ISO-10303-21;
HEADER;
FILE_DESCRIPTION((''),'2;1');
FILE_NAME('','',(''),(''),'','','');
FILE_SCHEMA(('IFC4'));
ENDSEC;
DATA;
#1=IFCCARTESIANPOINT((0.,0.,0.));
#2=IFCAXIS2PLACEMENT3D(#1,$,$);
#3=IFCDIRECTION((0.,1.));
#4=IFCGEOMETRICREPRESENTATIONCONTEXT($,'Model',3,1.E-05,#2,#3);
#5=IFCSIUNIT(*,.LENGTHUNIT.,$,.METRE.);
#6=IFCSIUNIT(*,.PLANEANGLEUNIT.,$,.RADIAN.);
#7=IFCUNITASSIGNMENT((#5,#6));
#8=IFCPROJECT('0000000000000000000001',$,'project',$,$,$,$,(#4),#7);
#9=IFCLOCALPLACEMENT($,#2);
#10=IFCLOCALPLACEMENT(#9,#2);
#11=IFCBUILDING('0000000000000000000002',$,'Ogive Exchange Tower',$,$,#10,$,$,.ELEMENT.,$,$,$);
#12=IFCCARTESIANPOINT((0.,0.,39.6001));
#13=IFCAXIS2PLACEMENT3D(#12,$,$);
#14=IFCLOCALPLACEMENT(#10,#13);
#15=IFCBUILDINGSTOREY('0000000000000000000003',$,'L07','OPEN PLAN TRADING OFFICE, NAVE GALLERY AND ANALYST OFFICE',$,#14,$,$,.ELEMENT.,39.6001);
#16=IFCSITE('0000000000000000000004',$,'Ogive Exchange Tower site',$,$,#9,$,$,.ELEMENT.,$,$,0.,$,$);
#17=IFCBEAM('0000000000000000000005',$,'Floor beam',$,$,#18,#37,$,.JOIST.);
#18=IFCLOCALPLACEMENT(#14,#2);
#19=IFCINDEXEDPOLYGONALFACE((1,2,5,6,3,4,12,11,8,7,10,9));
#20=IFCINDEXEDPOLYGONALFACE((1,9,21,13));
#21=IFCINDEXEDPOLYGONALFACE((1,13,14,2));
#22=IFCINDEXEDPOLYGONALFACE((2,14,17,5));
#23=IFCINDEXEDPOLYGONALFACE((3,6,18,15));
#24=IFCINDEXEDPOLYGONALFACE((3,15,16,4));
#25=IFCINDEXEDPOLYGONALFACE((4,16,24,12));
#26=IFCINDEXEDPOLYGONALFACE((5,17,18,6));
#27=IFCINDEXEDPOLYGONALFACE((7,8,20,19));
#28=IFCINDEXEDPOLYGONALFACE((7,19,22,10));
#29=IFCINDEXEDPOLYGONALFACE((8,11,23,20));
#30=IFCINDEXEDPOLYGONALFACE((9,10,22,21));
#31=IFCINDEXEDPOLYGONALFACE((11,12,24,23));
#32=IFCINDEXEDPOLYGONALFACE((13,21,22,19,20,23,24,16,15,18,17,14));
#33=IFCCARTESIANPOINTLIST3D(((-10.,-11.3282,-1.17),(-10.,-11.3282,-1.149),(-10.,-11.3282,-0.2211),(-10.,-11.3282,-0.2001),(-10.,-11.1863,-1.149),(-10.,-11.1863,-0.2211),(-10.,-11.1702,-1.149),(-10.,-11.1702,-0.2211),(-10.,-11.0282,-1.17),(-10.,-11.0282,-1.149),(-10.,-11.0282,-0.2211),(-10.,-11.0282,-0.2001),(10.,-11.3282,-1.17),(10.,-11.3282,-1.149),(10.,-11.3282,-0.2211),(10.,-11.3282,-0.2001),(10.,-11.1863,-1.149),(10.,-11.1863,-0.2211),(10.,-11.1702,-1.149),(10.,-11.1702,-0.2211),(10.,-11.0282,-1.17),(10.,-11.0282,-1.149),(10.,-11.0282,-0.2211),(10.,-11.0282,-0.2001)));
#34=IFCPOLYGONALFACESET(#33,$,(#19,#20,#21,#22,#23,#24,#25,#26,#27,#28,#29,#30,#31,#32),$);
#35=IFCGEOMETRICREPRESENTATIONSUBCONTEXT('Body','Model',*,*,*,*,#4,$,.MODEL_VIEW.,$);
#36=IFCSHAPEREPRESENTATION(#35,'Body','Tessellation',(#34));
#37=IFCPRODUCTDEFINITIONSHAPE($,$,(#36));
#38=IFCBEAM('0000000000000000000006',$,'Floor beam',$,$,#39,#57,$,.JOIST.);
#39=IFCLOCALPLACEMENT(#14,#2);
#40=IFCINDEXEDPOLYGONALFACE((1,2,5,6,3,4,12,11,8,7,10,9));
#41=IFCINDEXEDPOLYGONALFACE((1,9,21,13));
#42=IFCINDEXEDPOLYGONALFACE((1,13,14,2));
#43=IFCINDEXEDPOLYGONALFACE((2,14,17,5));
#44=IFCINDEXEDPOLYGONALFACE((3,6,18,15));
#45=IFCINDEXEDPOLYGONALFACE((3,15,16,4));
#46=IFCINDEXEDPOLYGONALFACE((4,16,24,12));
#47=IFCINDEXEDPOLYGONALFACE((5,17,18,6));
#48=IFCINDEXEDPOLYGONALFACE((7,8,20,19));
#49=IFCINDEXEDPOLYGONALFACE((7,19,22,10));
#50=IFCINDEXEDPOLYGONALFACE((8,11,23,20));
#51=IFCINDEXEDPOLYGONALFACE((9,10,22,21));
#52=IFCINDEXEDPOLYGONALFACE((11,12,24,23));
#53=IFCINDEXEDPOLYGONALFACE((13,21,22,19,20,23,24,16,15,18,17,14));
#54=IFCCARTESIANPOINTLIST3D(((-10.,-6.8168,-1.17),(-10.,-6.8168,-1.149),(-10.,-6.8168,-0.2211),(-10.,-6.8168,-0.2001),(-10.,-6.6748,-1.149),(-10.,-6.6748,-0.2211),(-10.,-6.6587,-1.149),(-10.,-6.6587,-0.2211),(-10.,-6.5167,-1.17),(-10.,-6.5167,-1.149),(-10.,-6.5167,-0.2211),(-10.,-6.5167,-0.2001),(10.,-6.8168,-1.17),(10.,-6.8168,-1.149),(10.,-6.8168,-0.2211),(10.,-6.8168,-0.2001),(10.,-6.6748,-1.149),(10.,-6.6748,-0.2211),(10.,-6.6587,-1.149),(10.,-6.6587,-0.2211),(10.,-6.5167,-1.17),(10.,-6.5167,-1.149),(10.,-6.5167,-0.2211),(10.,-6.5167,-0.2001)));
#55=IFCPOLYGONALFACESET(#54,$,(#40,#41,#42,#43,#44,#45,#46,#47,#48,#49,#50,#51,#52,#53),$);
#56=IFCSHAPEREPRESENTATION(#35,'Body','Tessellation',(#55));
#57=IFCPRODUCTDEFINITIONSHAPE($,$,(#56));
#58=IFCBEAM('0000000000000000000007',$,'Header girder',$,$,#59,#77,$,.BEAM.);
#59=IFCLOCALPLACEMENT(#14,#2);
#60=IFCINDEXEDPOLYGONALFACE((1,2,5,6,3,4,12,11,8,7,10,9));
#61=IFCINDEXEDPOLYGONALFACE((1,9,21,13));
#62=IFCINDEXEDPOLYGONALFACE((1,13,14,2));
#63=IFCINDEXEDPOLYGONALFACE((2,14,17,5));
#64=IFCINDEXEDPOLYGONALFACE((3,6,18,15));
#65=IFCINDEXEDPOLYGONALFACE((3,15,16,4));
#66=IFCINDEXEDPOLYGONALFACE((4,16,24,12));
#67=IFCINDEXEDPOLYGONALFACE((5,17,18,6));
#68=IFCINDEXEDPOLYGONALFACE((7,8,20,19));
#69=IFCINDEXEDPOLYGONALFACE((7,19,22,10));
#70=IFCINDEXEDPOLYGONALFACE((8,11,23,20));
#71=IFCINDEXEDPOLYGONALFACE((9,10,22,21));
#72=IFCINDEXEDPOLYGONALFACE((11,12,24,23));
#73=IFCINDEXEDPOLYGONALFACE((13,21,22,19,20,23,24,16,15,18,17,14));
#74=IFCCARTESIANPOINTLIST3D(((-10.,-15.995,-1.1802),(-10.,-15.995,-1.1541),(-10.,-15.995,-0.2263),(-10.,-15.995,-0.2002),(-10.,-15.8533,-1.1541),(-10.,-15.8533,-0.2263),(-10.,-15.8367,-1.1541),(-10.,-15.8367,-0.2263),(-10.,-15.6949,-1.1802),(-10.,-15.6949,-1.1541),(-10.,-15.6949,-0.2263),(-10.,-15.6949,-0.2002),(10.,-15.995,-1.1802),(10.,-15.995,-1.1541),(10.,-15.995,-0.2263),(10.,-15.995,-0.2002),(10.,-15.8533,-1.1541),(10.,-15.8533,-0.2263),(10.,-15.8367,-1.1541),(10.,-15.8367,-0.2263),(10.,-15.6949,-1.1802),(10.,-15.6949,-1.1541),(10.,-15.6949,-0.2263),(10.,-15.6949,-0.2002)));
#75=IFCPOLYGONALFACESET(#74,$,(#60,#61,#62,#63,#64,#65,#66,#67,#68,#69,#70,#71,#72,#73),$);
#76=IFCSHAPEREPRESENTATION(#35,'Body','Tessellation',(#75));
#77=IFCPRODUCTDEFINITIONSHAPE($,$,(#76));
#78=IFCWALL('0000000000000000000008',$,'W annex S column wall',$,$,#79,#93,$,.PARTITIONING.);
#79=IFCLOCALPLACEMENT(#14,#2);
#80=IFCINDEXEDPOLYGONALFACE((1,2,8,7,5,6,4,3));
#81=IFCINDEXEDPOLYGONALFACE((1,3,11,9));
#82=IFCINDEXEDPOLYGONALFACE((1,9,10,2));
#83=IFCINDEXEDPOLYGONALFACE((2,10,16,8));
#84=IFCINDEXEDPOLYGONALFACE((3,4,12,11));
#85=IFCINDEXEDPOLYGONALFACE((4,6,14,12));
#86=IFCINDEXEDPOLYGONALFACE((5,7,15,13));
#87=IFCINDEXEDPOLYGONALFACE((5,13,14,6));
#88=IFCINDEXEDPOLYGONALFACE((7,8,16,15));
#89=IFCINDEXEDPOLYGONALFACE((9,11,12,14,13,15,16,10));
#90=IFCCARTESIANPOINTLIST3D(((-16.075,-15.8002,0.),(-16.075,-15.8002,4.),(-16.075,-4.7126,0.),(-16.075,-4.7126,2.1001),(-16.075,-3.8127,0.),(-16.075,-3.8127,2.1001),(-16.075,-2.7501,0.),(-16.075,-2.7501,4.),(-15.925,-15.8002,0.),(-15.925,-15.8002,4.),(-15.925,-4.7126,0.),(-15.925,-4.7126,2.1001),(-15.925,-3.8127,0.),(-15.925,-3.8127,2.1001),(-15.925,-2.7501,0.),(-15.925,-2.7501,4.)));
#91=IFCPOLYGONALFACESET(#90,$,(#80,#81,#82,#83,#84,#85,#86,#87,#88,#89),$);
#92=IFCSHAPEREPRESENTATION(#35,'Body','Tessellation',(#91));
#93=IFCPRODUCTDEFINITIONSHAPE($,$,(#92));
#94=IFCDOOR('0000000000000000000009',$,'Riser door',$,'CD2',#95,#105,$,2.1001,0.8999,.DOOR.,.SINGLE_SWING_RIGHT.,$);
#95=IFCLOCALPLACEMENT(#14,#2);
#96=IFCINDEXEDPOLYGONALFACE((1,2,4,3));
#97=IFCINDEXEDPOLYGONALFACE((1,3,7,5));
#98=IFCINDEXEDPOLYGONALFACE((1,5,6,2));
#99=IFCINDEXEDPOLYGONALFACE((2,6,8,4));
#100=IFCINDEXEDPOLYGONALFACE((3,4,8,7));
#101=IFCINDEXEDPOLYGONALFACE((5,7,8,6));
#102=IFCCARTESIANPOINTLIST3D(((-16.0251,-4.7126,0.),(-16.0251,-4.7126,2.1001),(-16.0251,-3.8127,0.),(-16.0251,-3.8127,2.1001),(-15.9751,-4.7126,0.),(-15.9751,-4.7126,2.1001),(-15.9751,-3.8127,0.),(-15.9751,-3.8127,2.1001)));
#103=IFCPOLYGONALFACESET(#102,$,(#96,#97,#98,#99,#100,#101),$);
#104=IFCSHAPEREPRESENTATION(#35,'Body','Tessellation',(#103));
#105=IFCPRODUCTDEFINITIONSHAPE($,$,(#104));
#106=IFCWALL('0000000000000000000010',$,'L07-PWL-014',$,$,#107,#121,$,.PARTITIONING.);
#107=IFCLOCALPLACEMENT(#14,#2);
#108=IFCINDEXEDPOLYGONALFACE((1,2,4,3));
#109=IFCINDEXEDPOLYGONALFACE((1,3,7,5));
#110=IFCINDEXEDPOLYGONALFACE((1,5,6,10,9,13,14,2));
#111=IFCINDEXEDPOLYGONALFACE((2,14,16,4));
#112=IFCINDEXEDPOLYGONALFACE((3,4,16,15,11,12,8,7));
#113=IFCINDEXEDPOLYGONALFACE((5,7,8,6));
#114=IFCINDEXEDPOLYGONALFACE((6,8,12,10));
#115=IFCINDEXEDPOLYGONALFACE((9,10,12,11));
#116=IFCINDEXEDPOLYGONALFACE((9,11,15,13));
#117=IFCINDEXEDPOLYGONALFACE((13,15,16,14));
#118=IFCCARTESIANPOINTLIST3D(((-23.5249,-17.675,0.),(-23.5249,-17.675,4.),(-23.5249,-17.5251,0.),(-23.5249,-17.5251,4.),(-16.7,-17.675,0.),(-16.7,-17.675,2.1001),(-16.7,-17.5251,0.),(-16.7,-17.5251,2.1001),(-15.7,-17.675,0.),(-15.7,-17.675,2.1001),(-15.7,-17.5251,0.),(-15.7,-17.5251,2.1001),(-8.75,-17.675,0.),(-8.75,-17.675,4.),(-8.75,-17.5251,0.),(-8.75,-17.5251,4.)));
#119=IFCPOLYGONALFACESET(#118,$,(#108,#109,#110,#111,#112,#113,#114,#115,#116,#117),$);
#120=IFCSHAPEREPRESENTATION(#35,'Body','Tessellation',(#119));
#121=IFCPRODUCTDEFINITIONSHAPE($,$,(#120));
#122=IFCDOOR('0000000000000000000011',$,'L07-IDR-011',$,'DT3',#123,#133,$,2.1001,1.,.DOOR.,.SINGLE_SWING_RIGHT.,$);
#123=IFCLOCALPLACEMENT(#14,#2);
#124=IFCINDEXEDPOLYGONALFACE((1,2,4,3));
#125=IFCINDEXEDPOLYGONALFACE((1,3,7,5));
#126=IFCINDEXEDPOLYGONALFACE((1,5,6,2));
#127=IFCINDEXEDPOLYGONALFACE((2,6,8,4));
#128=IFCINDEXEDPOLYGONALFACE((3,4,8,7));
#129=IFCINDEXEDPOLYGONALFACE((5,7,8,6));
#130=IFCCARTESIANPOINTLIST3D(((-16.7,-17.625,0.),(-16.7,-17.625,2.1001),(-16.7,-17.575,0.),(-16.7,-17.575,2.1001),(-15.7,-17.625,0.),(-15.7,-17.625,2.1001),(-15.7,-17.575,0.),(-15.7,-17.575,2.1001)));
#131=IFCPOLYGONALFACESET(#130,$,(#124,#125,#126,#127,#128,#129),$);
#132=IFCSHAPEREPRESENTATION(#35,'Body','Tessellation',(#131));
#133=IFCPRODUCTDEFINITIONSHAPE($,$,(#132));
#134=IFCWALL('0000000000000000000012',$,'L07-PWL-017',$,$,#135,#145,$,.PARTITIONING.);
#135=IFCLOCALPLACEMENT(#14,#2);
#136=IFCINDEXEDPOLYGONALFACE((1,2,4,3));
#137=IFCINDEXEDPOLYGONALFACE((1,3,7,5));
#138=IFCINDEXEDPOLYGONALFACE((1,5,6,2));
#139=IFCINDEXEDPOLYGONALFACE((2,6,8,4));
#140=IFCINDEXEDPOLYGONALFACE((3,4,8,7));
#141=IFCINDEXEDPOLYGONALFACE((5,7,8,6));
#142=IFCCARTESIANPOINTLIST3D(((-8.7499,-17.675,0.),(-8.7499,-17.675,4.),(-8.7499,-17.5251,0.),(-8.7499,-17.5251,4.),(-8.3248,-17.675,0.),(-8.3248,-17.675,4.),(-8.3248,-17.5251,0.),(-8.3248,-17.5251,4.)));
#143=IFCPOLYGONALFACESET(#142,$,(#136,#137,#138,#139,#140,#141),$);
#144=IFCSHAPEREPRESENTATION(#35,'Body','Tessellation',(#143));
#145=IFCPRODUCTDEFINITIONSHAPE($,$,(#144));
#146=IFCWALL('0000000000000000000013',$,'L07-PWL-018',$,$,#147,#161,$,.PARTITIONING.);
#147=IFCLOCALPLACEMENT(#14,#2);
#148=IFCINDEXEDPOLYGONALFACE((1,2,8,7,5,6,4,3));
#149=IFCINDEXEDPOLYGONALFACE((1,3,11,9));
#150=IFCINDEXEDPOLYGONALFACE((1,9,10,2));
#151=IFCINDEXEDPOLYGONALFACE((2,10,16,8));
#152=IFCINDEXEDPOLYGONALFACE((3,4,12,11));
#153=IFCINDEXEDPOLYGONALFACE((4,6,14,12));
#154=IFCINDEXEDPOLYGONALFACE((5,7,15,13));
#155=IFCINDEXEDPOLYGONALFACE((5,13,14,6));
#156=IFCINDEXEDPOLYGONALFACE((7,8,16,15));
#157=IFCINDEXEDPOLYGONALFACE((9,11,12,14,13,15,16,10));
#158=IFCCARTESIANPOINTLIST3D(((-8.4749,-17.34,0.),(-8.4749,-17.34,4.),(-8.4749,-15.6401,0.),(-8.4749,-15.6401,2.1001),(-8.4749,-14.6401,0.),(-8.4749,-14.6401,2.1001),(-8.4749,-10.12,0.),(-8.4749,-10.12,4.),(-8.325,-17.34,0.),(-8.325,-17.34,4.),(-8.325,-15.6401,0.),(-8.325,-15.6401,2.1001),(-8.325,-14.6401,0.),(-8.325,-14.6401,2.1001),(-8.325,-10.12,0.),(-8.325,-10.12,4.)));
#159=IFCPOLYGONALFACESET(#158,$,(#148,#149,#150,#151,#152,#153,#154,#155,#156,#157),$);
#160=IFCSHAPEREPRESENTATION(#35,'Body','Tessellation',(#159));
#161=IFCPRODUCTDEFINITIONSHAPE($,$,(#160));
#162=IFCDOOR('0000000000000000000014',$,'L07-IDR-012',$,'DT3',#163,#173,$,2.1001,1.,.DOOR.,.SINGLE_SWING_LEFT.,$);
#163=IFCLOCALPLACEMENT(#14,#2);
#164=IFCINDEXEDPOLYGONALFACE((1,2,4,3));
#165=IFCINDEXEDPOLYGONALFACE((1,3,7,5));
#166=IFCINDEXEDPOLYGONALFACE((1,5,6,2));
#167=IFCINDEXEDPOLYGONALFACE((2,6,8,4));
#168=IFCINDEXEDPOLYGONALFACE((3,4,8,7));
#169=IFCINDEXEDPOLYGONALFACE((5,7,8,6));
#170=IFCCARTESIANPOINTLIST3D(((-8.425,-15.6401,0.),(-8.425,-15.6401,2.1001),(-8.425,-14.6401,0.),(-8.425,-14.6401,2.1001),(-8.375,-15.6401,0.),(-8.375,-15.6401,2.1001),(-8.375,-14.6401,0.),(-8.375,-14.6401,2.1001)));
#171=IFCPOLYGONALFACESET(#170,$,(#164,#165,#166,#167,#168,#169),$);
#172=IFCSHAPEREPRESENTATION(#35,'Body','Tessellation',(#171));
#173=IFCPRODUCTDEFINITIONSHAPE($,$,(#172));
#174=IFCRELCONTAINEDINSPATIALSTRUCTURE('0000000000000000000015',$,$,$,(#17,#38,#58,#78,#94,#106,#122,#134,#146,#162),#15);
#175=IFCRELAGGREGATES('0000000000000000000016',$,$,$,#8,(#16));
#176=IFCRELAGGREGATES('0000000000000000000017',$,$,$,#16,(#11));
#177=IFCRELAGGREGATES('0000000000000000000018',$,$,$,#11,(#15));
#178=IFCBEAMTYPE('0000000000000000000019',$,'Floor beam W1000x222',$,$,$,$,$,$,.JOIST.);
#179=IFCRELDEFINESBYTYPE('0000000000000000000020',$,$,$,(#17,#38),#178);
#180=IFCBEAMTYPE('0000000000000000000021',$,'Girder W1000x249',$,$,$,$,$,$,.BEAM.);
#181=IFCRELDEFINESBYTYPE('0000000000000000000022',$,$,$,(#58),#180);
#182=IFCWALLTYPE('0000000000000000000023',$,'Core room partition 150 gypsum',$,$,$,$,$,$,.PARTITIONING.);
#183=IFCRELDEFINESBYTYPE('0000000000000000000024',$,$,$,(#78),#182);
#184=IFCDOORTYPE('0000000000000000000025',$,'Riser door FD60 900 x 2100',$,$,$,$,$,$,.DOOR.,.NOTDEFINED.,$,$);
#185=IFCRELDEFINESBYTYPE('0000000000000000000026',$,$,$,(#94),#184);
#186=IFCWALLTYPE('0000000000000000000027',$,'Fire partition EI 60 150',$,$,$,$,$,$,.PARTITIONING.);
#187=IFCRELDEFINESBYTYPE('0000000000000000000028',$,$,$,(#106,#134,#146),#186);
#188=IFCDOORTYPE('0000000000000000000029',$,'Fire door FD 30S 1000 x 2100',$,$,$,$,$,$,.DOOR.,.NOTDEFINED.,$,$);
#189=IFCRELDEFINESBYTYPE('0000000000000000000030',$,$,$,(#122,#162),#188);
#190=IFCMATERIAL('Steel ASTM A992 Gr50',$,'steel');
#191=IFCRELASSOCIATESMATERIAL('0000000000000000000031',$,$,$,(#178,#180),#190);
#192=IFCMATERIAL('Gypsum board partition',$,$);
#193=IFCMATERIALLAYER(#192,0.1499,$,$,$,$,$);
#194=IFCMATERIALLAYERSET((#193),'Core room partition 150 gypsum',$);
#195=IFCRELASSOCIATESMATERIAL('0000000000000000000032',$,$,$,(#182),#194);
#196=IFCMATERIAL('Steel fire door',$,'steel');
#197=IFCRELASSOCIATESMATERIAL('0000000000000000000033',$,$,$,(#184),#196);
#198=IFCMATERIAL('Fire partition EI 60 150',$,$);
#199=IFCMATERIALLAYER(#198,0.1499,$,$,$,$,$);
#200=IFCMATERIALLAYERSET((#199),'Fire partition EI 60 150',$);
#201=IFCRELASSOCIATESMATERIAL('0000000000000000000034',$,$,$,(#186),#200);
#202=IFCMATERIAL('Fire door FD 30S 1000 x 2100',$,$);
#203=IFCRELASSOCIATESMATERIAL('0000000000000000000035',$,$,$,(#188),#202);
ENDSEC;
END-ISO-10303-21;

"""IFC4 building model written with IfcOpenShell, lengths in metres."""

from ifc_helpers import new_model, si_unit, direction, frame, frame_2d, origin, origin_2d, place, context, subcontext, project, spatial, rectangle, i_section, extrude, material, layer, layer_set, material_profile, profile_set, type_object, element, fill, save


model = new_model("IFC4")

# Units and contexts
model_context = context("Model", 3, precision=1e-05, world=origin(), true_north=direction((0.0, 1.0)))
body_context = subcontext(model_context, "Body", "Model", "MODEL_VIEW")
ifc_project = project(units=[si_unit("LENGTHUNIT", "METRE"), si_unit("PLANEANGLEUNIT", "RADIAN")], contexts=[model_context])

# Site, building, storey
site_placement = place(None, origin())
site = spatial("IfcSite", under=ifc_project, at=site_placement, Name="Ogive Exchange Tower site", CompositionType="ELEMENT", RefElevation=0.0)
building_placement = place(site_placement, origin())
building = spatial("IfcBuilding", under=site, at=building_placement, Name="Ogive Exchange Tower", CompositionType="ELEMENT")
storey_placement = place(building_placement, frame((0.0, 0.0, 39.6001)))
storey = spatial("IfcBuildingStorey", under=building, at=storey_placement, Name="L07", Description="OPEN PLAN TRADING OFFICE, NAVE GALLERY AND ANALYST OFFICE", CompositionType="ELEMENT", Elevation=39.6001)

# Beams
ifc_material_1 = material(Name="Steel ASTM A992 Gr50", Category="steel")
ifc_material_profile_1 = material_profile(ifc_material_1, i_section(OverallWidth=0.3, OverallDepth=0.97, WebThickness=0.0161, FlangeThickness=0.021, at=origin_2d()), Name="W1000x222")
ifc_profile_set_1 = profile_set([ifc_material_profile_1], Name="Steel ASTM A992 Gr50")
beam_type_1 = type_object("IfcBeamType", Name="Floor beam W1000x222", PredefinedType="JOIST", material=ifc_profile_set_1)
for number, where, z_axis, x_axis, name in (
    (1, (-10.0, -11.1782, -0.6851), (1.0, 0.0, 0.0), (0.0, 1.0, 0.0), "Floor beam"),
    (2, (-10.0, -6.6667, -0.6851), (1.0, 0.0, 0.0), (0.0, 1.0, 0.0), "Floor beam"),
):
    element("IfcBeam", number, at=place(storey_placement, frame(where, z_axis=z_axis, x_axis=x_axis)), inside=storey, type_object=beam_type_1, Name=name, PredefinedType="JOIST", context=body_context, shape_type="SweptSolid", body=[
        extrude(i_section(OverallWidth=0.3, OverallDepth=0.97, WebThickness=0.0161, FlangeThickness=0.021, at=origin_2d()), origin(), (0.0, 0.0, 1.0), 20.0),
    ])
ifc_material_profile_2 = material_profile(ifc_material_1, i_section(OverallWidth=0.3, OverallDepth=0.98, WebThickness=0.0166, FlangeThickness=0.0261, at=origin_2d()), Name="W1000x249")
ifc_profile_set_2 = profile_set([ifc_material_profile_2], Name="Steel ASTM A992 Gr50")
beam_type_2 = type_object("IfcBeamType", Name="Girder W1000x249", PredefinedType="BEAM", material=ifc_profile_set_2)
beam_placement = place(storey_placement, frame((-10.0, -15.845, -0.6902), z_axis=(1.0, 0.0, 0.0), x_axis=(0.0, 1.0, 0.0)))
element("IfcBeam", 3, at=beam_placement, inside=storey, type_object=beam_type_2, Name="Header girder", PredefinedType="BEAM", context=body_context, shape_type="SweptSolid", body=[
    extrude(i_section(OverallWidth=0.3, OverallDepth=0.98, WebThickness=0.0166, FlangeThickness=0.0261, at=origin_2d()), origin(), (0.0, 0.0, 1.0), 20.0),
])

# Walls, openings, doors
ifc_material_2 = material(Name="Gypsum board partition")
ifc_layer_1 = layer(ifc_material_2, 0.1499)
ifc_layer_set_1 = layer_set([ifc_layer_1], Name="Core room partition 150 gypsum")
wall_type_1 = type_object("IfcWallType", Name="Core room partition 150 gypsum", PredefinedType="PARTITIONING", material=ifc_layer_set_1)
wall_1_placement = place(storey_placement, frame((-16.0, -15.8, 0.0), z_axis=(0.0, 0.0, 1.0), x_axis=(0.0, 1.0, 0.0)))
wall_1 = element("IfcWall", 4, at=wall_1_placement, inside=storey, type_object=wall_type_1, Name="W annex S column wall", PredefinedType="PARTITIONING", context=body_context, shape_type="SweptSolid", body=[
    extrude(rectangle(XDim=13.05, YDim=0.1499, at=frame_2d((6.5249, 0.0))), origin(), (0.0, 0.0, 1.0), 4.0),
])
opening_1_placement = place(wall_1_placement, frame((11.0874, 0.0, 0.0)))
opening_1 = element("IfcOpeningElement", 5, at=opening_1_placement, cuts=wall_1, PredefinedType="OPENING", context=body_context, shape_type="SweptSolid", body=[
    extrude(rectangle(XDim=0.8999, YDim=2.1001, at=frame_2d((0.45, 1.05))), frame((0.0, 0.085, 0.0), z_axis=(0.0, -1.0, 0.0), x_axis=(1.0, 0.0, 0.0)), (0.0, 0.0, 1.0), 0.1699),
])
ifc_material_3 = material(Name="Steel fire door", Category="steel")
door_type_1 = type_object("IfcDoorType", Name="Riser door FD60 900 x 2100", OperationType="NOTDEFINED", PredefinedType="DOOR", material=ifc_material_3)
door_1_placement = place(opening_1_placement, frame((0.8999, 0.0, 0.0), z_axis=(0.0, 0.0, 1.0), x_axis=(-1.0, 0.0, 0.0)))
door_1 = element("IfcDoor", 6, at=door_1_placement, inside=storey, type_object=door_type_1, Name="Riser door", ObjectType="CD2", OperationType="SINGLE_SWING_RIGHT", OverallHeight=2.1001, OverallWidth=0.8999, PredefinedType="DOOR", context=body_context, shape_type="SweptSolid", body=[
    extrude(rectangle(XDim=0.8999, YDim=2.1001, at=frame_2d((0.45, 1.05))), frame((0.0, 0.0249, 0.0), z_axis=(0.0, -1.0, 0.0), x_axis=(1.0, 0.0, 0.0)), (0.0, 0.0, 1.0), 0.05),
])
fill(opening_1, door_1)
ifc_material_4 = material(Name="Fire partition EI 60 150")
ifc_layer_2 = layer(ifc_material_4, 0.1499)
ifc_layer_set_2 = layer_set([ifc_layer_2], Name="Fire partition EI 60 150")
wall_type_2 = type_object("IfcWallType", Name="Fire partition EI 60 150", PredefinedType="PARTITIONING", material=ifc_layer_set_2)
wall_2_placement = place(storey_placement, frame((-8.75, -17.6001, 0.0), z_axis=(0.0, 0.0, 1.0), x_axis=(-1.0, 0.0, 0.0)))
wall_2 = element("IfcWall", 7, at=wall_2_placement, inside=storey, type_object=wall_type_2, Name="L07-PWL-014", PredefinedType="PARTITIONING", context=body_context, shape_type="SweptSolid", body=[
    extrude(rectangle(XDim=14.7749, YDim=0.1499, at=frame_2d((7.3875, 0.0))), origin(), (0.0, 0.0, 1.0), 4.0),
])
opening_2_placement = place(wall_2_placement, frame((6.95, 0.0, 0.0)))
opening_2 = element("IfcOpeningElement", 8, at=opening_2_placement, cuts=wall_2, PredefinedType="OPENING", context=body_context, shape_type="SweptSolid", body=[
    extrude(rectangle(XDim=1.0, YDim=2.1001, at=frame_2d((0.5, 1.05))), frame((0.0, 0.085, 0.0), z_axis=(0.0, -1.0, 0.0), x_axis=(1.0, 0.0, 0.0)), (0.0, 0.0, 1.0), 0.1699),
])
ifc_material_5 = material(Name="Fire door FD 30S 1000 x 2100")
door_type_2 = type_object("IfcDoorType", Name="Fire door FD 30S 1000 x 2100", OperationType="NOTDEFINED", PredefinedType="DOOR", material=ifc_material_5)
door_2_placement = place(opening_2_placement, origin())
door_2 = element("IfcDoor", 9, at=door_2_placement, inside=storey, type_object=door_type_2, Name="L07-IDR-011", ObjectType="DT3", OperationType="SINGLE_SWING_RIGHT", OverallHeight=2.1001, OverallWidth=1.0, PredefinedType="DOOR", context=body_context, shape_type="SweptSolid", body=[
    extrude(rectangle(XDim=1.0, YDim=2.1001, at=frame_2d((0.5, 1.05))), frame((0.0, 0.0249, 0.0), z_axis=(0.0, -1.0, 0.0), x_axis=(1.0, 0.0, 0.0)), (0.0, 0.0, 1.0), 0.05),
])
fill(opening_2, door_2)

# Wall
wall_3_placement = place(storey_placement, frame((-8.325, -17.6001, 0.0), z_axis=(0.0, 0.0, 1.0), x_axis=(-1.0, 0.0, 0.0)))
element("IfcWall", 10, at=wall_3_placement, inside=storey, type_object=wall_type_2, Name="L07-PWL-017", PredefinedType="PARTITIONING", context=body_context, shape_type="SweptSolid", body=[
    extrude(rectangle(XDim=0.425, YDim=0.1499, at=frame_2d((0.2124, 0.0))), origin(), (0.0, 0.0, 1.0), 4.0),
])

# Wall, opening, door
wall_4_placement = place(storey_placement, frame((-8.3999, -10.1201, 0.0), z_axis=(0.0, 0.0, 1.0), x_axis=(0.0, -1.0, 0.0)))
wall_4 = element("IfcWall", 11, at=wall_4_placement, inside=storey, type_object=wall_type_2, Name="L07-PWL-018", PredefinedType="PARTITIONING", context=body_context, shape_type="SweptSolid", body=[
    extrude(rectangle(XDim=7.22, YDim=0.1499, at=frame_2d((3.6099, 0.0))), origin(), (0.0, 0.0, 1.0), 4.0),
])
opening_3_placement = place(wall_4_placement, frame((4.52, 0.0, 0.0)))
opening_3 = element("IfcOpeningElement", 12, at=opening_3_placement, cuts=wall_4, PredefinedType="OPENING", context=body_context, shape_type="SweptSolid", body=[
    extrude(rectangle(XDim=1.0, YDim=2.1001, at=frame_2d((0.5, 1.05))), frame((0.0, 0.085, 0.0), z_axis=(0.0, -1.0, 0.0), x_axis=(1.0, 0.0, 0.0)), (0.0, 0.0, 1.0), 0.1699),
])
door_3_placement = place(opening_3_placement, origin())
door_3 = element("IfcDoor", 13, at=door_3_placement, inside=storey, type_object=door_type_2, Name="L07-IDR-012", ObjectType="DT3", OperationType="SINGLE_SWING_LEFT", OverallHeight=2.1001, OverallWidth=1.0, PredefinedType="DOOR", context=body_context, shape_type="SweptSolid", body=[
    extrude(rectangle(XDim=1.0, YDim=2.1001, at=frame_2d((0.5, 1.05))), frame((0.0, 0.0249, 0.0), z_axis=(0.0, -1.0, 0.0), x_axis=(1.0, 0.0, 0.0)), (0.0, 0.0, 1.0), 0.05),
])
fill(opening_3, door_3)

save(model, "model.ifc")
